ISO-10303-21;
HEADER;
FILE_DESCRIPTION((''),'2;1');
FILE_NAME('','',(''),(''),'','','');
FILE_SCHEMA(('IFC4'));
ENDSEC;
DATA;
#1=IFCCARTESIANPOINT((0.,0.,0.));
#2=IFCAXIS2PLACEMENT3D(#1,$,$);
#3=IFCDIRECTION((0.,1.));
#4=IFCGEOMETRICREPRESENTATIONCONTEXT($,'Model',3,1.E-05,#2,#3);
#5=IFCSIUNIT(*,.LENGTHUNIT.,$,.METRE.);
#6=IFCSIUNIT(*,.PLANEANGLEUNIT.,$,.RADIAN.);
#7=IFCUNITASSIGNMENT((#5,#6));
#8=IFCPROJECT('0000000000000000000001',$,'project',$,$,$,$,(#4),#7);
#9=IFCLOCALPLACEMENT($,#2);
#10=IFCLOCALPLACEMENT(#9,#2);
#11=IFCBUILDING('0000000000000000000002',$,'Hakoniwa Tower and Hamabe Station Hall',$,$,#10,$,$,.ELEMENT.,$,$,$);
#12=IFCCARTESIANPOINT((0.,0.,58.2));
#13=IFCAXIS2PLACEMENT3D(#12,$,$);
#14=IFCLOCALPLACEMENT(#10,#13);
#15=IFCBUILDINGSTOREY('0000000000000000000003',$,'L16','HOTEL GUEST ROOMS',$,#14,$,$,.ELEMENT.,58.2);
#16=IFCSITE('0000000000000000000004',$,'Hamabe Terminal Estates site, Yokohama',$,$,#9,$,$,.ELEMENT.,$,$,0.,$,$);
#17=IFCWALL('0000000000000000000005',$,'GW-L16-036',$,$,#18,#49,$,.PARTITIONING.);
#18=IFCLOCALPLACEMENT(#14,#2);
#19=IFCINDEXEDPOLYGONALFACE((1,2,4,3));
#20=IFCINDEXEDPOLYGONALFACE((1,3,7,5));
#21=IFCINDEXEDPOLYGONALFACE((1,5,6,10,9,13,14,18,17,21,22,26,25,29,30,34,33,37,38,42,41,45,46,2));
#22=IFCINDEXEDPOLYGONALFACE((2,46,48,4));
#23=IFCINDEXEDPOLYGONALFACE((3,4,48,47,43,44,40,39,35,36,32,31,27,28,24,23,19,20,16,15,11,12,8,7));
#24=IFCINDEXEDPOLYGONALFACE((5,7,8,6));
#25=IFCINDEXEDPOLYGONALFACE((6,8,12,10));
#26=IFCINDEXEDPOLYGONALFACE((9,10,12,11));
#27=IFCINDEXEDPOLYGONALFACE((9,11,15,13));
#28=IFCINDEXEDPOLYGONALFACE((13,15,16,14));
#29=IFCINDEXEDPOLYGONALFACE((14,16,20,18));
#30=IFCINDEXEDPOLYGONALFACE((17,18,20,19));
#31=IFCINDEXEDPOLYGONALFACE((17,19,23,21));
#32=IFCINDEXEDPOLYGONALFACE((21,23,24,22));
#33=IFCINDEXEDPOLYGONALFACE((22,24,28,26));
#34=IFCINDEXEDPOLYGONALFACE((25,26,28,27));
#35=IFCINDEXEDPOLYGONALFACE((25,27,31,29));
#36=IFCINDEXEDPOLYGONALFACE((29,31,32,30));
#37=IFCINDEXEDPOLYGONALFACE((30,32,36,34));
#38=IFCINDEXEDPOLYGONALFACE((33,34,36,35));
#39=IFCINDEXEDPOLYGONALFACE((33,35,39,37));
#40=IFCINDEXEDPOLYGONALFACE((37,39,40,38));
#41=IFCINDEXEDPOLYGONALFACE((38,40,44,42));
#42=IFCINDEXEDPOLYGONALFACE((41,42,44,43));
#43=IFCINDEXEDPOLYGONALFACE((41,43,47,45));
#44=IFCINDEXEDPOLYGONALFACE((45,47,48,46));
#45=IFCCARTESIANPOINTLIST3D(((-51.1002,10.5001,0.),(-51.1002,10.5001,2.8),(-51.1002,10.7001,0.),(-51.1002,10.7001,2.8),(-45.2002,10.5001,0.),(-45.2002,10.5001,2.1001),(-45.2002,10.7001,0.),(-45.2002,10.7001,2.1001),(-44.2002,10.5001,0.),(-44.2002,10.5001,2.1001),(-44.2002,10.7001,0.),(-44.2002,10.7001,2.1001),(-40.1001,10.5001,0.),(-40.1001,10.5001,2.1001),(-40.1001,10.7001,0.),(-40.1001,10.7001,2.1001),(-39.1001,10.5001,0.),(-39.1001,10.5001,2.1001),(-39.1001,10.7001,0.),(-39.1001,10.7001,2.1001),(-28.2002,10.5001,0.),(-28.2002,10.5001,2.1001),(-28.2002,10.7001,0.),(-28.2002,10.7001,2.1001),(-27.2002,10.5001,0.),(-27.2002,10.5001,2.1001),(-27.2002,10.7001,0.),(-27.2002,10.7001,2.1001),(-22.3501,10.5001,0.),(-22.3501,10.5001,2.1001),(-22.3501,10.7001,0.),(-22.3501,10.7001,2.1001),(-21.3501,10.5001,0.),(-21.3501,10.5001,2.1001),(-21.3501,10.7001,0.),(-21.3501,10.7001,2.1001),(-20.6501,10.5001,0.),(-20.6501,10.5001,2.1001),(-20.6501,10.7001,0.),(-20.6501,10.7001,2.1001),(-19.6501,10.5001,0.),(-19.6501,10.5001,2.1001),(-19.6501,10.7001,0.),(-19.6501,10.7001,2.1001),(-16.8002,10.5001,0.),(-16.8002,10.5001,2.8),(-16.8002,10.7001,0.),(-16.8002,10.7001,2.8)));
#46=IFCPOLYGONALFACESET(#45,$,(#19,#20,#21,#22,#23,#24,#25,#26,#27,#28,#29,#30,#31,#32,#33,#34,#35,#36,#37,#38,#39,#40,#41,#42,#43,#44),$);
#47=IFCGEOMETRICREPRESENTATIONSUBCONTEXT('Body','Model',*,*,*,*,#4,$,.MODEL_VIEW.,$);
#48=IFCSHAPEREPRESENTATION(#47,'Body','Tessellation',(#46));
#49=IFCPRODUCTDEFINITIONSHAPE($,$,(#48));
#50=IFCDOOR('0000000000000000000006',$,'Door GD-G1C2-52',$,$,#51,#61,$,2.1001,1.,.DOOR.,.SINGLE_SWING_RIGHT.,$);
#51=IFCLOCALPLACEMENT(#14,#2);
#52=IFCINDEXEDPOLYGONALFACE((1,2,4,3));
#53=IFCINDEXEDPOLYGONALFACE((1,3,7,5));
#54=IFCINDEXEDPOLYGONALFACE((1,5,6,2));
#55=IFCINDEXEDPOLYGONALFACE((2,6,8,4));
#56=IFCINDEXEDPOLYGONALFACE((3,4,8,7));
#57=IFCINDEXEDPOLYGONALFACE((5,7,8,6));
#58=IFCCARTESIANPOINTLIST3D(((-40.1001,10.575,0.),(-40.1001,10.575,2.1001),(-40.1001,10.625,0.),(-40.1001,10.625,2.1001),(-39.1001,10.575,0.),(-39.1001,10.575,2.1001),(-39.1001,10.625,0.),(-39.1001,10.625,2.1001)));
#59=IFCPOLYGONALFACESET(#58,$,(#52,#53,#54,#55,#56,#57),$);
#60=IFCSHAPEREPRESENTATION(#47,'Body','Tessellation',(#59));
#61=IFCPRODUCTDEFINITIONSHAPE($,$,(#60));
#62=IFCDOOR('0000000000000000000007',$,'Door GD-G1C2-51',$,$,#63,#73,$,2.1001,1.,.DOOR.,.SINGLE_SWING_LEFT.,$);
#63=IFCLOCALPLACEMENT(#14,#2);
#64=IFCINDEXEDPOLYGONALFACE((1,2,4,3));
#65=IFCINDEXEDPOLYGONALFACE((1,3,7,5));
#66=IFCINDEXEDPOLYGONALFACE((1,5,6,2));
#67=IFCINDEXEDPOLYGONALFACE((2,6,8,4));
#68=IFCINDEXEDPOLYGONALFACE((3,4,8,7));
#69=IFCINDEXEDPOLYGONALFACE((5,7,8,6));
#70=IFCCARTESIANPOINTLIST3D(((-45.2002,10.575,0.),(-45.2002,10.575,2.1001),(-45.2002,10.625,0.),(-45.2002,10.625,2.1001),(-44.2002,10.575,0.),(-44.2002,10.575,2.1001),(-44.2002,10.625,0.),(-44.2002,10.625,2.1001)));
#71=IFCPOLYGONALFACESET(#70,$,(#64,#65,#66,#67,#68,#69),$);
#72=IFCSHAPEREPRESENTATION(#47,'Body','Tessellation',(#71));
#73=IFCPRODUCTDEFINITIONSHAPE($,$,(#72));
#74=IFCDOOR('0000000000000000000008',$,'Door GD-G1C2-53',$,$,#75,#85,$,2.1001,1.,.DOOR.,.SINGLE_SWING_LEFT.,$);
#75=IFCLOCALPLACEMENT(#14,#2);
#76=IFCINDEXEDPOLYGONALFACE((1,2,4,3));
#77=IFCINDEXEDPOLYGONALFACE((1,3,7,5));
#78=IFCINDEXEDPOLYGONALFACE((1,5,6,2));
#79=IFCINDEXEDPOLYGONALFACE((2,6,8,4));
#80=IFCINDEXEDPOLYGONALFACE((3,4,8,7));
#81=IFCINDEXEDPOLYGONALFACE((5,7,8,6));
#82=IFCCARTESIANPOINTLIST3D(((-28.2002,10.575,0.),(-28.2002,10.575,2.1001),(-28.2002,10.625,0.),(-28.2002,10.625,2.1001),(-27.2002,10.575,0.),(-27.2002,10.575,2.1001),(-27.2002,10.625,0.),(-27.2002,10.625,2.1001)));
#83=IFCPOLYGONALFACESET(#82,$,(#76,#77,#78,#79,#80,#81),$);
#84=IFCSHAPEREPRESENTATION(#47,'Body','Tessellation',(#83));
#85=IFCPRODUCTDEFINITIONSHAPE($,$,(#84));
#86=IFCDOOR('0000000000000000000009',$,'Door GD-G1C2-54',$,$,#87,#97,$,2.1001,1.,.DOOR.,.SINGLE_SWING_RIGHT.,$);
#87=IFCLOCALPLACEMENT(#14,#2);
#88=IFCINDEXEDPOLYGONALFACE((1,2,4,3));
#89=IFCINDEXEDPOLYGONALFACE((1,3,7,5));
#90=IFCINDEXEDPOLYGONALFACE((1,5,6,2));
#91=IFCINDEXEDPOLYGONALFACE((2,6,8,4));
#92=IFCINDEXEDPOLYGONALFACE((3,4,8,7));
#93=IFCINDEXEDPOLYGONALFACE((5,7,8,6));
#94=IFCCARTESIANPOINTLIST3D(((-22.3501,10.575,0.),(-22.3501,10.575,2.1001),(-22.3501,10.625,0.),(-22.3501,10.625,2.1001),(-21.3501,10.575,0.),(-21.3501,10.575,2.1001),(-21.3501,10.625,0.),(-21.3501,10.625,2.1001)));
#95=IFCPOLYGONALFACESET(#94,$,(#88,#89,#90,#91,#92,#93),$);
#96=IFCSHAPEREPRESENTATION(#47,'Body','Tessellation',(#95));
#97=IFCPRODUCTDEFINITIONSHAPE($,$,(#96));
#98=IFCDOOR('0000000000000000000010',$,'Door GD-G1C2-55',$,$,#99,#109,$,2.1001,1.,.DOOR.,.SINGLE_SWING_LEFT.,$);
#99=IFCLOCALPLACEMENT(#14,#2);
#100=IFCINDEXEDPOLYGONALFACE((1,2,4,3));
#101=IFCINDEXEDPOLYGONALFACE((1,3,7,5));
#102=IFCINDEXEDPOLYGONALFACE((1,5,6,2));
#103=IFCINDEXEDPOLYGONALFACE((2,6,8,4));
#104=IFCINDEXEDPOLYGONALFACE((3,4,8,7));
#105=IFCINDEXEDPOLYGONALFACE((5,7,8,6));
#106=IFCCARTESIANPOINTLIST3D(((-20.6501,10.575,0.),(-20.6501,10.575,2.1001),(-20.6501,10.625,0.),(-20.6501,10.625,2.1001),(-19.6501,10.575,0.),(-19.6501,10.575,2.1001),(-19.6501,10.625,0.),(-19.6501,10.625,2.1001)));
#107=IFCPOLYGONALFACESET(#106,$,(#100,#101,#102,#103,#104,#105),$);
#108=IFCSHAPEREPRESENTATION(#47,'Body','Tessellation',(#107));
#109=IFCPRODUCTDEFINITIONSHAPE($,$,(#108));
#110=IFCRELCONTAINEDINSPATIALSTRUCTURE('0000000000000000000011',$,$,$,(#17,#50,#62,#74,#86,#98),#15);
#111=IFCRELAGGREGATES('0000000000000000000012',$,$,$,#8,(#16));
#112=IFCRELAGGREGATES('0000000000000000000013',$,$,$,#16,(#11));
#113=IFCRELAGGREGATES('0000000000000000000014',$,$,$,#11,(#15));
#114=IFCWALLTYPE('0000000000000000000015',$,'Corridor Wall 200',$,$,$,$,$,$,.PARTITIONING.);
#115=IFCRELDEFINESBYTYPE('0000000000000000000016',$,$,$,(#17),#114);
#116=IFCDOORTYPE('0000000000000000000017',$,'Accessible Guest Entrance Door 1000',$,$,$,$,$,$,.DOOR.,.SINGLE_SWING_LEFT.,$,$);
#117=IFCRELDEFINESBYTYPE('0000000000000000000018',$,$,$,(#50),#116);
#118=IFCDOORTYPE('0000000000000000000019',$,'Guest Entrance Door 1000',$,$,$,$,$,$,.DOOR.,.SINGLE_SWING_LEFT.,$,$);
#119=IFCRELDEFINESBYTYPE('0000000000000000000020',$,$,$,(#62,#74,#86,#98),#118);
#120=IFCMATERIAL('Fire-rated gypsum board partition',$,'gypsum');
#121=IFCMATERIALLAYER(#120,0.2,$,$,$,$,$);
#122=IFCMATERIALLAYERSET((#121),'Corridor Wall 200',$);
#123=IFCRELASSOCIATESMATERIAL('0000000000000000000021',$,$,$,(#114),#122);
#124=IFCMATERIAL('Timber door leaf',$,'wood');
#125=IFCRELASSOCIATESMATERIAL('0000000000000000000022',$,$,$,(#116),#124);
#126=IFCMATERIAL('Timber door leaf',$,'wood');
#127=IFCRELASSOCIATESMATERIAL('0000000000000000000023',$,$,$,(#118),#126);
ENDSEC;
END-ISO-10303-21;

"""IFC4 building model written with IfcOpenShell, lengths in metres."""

from ifc_helpers import new_model, si_unit, direction, frame, frame_2d, origin, place, context, subcontext, project, spatial, rectangle, extrude, material, layer, layer_set, type_object, element, fill, save


model = new_model("IFC4")

# Units and contexts
model_context = context("Model", 3, precision=1e-05, world=origin(), true_north=direction((0.0, 1.0)))
body_context = subcontext(model_context, "Body", "Model", "MODEL_VIEW")
ifc_project = project(units=[si_unit("LENGTHUNIT", "METRE"), si_unit("PLANEANGLEUNIT", "RADIAN")], contexts=[model_context])

# Site, building, storey
site_placement = place(None, origin())
site = spatial("IfcSite", under=ifc_project, at=site_placement, Name="Hamabe Terminal Estates site, Yokohama", CompositionType="ELEMENT", RefElevation=0.0)
building_placement = place(site_placement, origin())
building = spatial("IfcBuilding", under=site, at=building_placement, Name="Hakoniwa Tower and Hamabe Station Hall", CompositionType="ELEMENT")
storey_placement = place(building_placement, frame((0.0, 0.0, 58.2)))
storey = spatial("IfcBuildingStorey", under=building, at=storey_placement, Name="L16", Description="HOTEL GUEST ROOMS", CompositionType="ELEMENT", Elevation=58.2)

# Shared definitions
ifc_material_1 = material(Name="Fire-rated gypsum board partition", Category="gypsum")
ifc_layer_1 = layer(ifc_material_1, 0.2)
ifc_layer_set_1 = layer_set([ifc_layer_1], Name="Corridor Wall 200")
wall_type_1 = type_object("IfcWallType", Name="Corridor Wall 200", PredefinedType="PARTITIONING", material=ifc_layer_set_1)

# Wall, openings, doors
wall_1_placement = place(storey_placement, frame((-51.1001, 10.6001, 0.0), z_axis=(0.0, 0.0, 1.0), x_axis=(1.0, 0.0, 0.0)))
wall_1 = element("IfcWall", 1, at=wall_1_placement, inside=storey, type_object=wall_type_1, Name="GW-L16-036", PredefinedType="PARTITIONING", context=body_context, shape_type="SweptSolid", body=[
    extrude(rectangle(XDim=34.3, YDim=0.2, at=frame_2d((17.1499, 0.0))), origin(), (0.0, 0.0, 1.0), 2.8),
])
opening_1_placement = place(wall_1_placement, frame((5.8999, 0.0, 0.0)))
opening_1 = element("IfcOpeningElement", 2, at=opening_1_placement, cuts=wall_1, PredefinedType="OPENING", context=body_context, shape_type="SweptSolid", body=[
    extrude(rectangle(XDim=1.0, YDim=2.1001, at=frame_2d((0.5, 1.05))), frame((0.0, 0.1099, 0.0), z_axis=(0.0, -1.0, 0.0), x_axis=(1.0, 0.0, 0.0)), (0.0, 0.0, 1.0), 0.22),
])
opening_2_placement = place(wall_1_placement, frame((11.0, 0.0, 0.0)))
opening_2 = element("IfcOpeningElement", 3, at=opening_2_placement, cuts=wall_1, PredefinedType="OPENING", context=body_context, shape_type="SweptSolid", body=[
    extrude(rectangle(XDim=1.0, YDim=2.1001, at=frame_2d((0.5, 1.05))), frame((0.0, 0.1099, 0.0), z_axis=(0.0, -1.0, 0.0), x_axis=(1.0, 0.0, 0.0)), (0.0, 0.0, 1.0), 0.22),
])
opening_3_placement = place(wall_1_placement, frame((22.8999, 0.0, 0.0)))
opening_3 = element("IfcOpeningElement", 4, at=opening_3_placement, cuts=wall_1, PredefinedType="OPENING", context=body_context, shape_type="SweptSolid", body=[
    extrude(rectangle(XDim=1.0, YDim=2.1001, at=frame_2d((0.5, 1.05))), frame((0.0, 0.1099, 0.0), z_axis=(0.0, -1.0, 0.0), x_axis=(1.0, 0.0, 0.0)), (0.0, 0.0, 1.0), 0.22),
])
opening_4_placement = place(wall_1_placement, frame((28.75, 0.0, 0.0)))
opening_4 = element("IfcOpeningElement", 5, at=opening_4_placement, cuts=wall_1, PredefinedType="OPENING", context=body_context, shape_type="SweptSolid", body=[
    extrude(rectangle(XDim=1.0, YDim=2.1001, at=frame_2d((0.5, 1.05))), frame((0.0, 0.1099, 0.0), z_axis=(0.0, -1.0, 0.0), x_axis=(1.0, 0.0, 0.0)), (0.0, 0.0, 1.0), 0.22),
])
opening_5_placement = place(wall_1_placement, frame((30.45, 0.0, 0.0)))
opening_5 = element("IfcOpeningElement", 6, at=opening_5_placement, cuts=wall_1, PredefinedType="OPENING", context=body_context, shape_type="SweptSolid", body=[
    extrude(rectangle(XDim=1.0, YDim=2.1001, at=frame_2d((0.5, 1.05))), frame((0.0, 0.1099, 0.0), z_axis=(0.0, -1.0, 0.0), x_axis=(1.0, 0.0, 0.0)), (0.0, 0.0, 1.0), 0.22),
])
ifc_material_2 = material(Name="Timber door leaf", Category="wood")
door_type_1 = type_object("IfcDoorType", Name="Accessible Guest Entrance Door 1000", OperationType="SINGLE_SWING_LEFT", PredefinedType="DOOR", material=ifc_material_2)
door_1_placement = place(opening_2_placement, origin())
door_1 = element("IfcDoor", 7, at=door_1_placement, inside=storey, type_object=door_type_1, Name="Door GD-G1C2-52", OperationType="SINGLE_SWING_RIGHT", OverallHeight=2.1001, OverallWidth=1.0, PredefinedType="DOOR", context=body_context, shape_type="SweptSolid", body=[
    extrude(rectangle(XDim=1.0, YDim=2.1001, at=frame_2d((0.5, 1.05))), frame((0.0, 0.0249, 0.0), z_axis=(0.0, -1.0, 0.0), x_axis=(1.0, 0.0, 0.0)), (0.0, 0.0, 1.0), 0.05),
])
fill(opening_2, door_1)
ifc_material_3 = material(Name="Timber door leaf", Category="wood")
door_type_2 = type_object("IfcDoorType", Name="Guest Entrance Door 1000", OperationType="SINGLE_SWING_LEFT", PredefinedType="DOOR", material=ifc_material_3)
door_2_placement = place(opening_1_placement, origin())
door_2 = element("IfcDoor", 8, at=door_2_placement, inside=storey, type_object=door_type_2, Name="Door GD-G1C2-51", OperationType="SINGLE_SWING_LEFT", OverallHeight=2.1001, OverallWidth=1.0, PredefinedType="DOOR", context=body_context, shape_type="SweptSolid", body=[
    extrude(rectangle(XDim=1.0, YDim=2.1001, at=frame_2d((0.5, 1.05))), frame((0.0, 0.0249, 0.0), z_axis=(0.0, -1.0, 0.0), x_axis=(1.0, 0.0, 0.0)), (0.0, 0.0, 1.0), 0.05),
])
fill(opening_1, door_2)
door_3_placement = place(opening_3_placement, origin())
door_3 = element("IfcDoor", 9, at=door_3_placement, inside=storey, type_object=door_type_2, Name="Door GD-G1C2-53", OperationType="SINGLE_SWING_LEFT", OverallHeight=2.1001, OverallWidth=1.0, PredefinedType="DOOR", context=body_context, shape_type="SweptSolid", body=[
    extrude(rectangle(XDim=1.0, YDim=2.1001, at=frame_2d((0.5, 1.05))), frame((0.0, 0.0249, 0.0), z_axis=(0.0, -1.0, 0.0), x_axis=(1.0, 0.0, 0.0)), (0.0, 0.0, 1.0), 0.05),
])
fill(opening_3, door_3)
door_4_placement = place(opening_4_placement, origin())
door_4 = element("IfcDoor", 10, at=door_4_placement, inside=storey, type_object=door_type_2, Name="Door GD-G1C2-54", OperationType="SINGLE_SWING_RIGHT", OverallHeight=2.1001, OverallWidth=1.0, PredefinedType="DOOR", context=body_context, shape_type="SweptSolid", body=[
    extrude(rectangle(XDim=1.0, YDim=2.1001, at=frame_2d((0.5, 1.05))), frame((0.0, 0.0249, 0.0), z_axis=(0.0, -1.0, 0.0), x_axis=(1.0, 0.0, 0.0)), (0.0, 0.0, 1.0), 0.05),
])
fill(opening_4, door_4)
door_5_placement = place(opening_5_placement, origin())
door_5 = element("IfcDoor", 11, at=door_5_placement, inside=storey, type_object=door_type_2, Name="Door GD-G1C2-55", OperationType="SINGLE_SWING_LEFT", OverallHeight=2.1001, OverallWidth=1.0, PredefinedType="DOOR", context=body_context, shape_type="SweptSolid", body=[
    extrude(rectangle(XDim=1.0, YDim=2.1001, at=frame_2d((0.5, 1.05))), frame((0.0, 0.0249, 0.0), z_axis=(0.0, -1.0, 0.0), x_axis=(1.0, 0.0, 0.0)), (0.0, 0.0, 1.0), 0.05),
])
fill(opening_5, door_5)

save(model, "model.ifc")
